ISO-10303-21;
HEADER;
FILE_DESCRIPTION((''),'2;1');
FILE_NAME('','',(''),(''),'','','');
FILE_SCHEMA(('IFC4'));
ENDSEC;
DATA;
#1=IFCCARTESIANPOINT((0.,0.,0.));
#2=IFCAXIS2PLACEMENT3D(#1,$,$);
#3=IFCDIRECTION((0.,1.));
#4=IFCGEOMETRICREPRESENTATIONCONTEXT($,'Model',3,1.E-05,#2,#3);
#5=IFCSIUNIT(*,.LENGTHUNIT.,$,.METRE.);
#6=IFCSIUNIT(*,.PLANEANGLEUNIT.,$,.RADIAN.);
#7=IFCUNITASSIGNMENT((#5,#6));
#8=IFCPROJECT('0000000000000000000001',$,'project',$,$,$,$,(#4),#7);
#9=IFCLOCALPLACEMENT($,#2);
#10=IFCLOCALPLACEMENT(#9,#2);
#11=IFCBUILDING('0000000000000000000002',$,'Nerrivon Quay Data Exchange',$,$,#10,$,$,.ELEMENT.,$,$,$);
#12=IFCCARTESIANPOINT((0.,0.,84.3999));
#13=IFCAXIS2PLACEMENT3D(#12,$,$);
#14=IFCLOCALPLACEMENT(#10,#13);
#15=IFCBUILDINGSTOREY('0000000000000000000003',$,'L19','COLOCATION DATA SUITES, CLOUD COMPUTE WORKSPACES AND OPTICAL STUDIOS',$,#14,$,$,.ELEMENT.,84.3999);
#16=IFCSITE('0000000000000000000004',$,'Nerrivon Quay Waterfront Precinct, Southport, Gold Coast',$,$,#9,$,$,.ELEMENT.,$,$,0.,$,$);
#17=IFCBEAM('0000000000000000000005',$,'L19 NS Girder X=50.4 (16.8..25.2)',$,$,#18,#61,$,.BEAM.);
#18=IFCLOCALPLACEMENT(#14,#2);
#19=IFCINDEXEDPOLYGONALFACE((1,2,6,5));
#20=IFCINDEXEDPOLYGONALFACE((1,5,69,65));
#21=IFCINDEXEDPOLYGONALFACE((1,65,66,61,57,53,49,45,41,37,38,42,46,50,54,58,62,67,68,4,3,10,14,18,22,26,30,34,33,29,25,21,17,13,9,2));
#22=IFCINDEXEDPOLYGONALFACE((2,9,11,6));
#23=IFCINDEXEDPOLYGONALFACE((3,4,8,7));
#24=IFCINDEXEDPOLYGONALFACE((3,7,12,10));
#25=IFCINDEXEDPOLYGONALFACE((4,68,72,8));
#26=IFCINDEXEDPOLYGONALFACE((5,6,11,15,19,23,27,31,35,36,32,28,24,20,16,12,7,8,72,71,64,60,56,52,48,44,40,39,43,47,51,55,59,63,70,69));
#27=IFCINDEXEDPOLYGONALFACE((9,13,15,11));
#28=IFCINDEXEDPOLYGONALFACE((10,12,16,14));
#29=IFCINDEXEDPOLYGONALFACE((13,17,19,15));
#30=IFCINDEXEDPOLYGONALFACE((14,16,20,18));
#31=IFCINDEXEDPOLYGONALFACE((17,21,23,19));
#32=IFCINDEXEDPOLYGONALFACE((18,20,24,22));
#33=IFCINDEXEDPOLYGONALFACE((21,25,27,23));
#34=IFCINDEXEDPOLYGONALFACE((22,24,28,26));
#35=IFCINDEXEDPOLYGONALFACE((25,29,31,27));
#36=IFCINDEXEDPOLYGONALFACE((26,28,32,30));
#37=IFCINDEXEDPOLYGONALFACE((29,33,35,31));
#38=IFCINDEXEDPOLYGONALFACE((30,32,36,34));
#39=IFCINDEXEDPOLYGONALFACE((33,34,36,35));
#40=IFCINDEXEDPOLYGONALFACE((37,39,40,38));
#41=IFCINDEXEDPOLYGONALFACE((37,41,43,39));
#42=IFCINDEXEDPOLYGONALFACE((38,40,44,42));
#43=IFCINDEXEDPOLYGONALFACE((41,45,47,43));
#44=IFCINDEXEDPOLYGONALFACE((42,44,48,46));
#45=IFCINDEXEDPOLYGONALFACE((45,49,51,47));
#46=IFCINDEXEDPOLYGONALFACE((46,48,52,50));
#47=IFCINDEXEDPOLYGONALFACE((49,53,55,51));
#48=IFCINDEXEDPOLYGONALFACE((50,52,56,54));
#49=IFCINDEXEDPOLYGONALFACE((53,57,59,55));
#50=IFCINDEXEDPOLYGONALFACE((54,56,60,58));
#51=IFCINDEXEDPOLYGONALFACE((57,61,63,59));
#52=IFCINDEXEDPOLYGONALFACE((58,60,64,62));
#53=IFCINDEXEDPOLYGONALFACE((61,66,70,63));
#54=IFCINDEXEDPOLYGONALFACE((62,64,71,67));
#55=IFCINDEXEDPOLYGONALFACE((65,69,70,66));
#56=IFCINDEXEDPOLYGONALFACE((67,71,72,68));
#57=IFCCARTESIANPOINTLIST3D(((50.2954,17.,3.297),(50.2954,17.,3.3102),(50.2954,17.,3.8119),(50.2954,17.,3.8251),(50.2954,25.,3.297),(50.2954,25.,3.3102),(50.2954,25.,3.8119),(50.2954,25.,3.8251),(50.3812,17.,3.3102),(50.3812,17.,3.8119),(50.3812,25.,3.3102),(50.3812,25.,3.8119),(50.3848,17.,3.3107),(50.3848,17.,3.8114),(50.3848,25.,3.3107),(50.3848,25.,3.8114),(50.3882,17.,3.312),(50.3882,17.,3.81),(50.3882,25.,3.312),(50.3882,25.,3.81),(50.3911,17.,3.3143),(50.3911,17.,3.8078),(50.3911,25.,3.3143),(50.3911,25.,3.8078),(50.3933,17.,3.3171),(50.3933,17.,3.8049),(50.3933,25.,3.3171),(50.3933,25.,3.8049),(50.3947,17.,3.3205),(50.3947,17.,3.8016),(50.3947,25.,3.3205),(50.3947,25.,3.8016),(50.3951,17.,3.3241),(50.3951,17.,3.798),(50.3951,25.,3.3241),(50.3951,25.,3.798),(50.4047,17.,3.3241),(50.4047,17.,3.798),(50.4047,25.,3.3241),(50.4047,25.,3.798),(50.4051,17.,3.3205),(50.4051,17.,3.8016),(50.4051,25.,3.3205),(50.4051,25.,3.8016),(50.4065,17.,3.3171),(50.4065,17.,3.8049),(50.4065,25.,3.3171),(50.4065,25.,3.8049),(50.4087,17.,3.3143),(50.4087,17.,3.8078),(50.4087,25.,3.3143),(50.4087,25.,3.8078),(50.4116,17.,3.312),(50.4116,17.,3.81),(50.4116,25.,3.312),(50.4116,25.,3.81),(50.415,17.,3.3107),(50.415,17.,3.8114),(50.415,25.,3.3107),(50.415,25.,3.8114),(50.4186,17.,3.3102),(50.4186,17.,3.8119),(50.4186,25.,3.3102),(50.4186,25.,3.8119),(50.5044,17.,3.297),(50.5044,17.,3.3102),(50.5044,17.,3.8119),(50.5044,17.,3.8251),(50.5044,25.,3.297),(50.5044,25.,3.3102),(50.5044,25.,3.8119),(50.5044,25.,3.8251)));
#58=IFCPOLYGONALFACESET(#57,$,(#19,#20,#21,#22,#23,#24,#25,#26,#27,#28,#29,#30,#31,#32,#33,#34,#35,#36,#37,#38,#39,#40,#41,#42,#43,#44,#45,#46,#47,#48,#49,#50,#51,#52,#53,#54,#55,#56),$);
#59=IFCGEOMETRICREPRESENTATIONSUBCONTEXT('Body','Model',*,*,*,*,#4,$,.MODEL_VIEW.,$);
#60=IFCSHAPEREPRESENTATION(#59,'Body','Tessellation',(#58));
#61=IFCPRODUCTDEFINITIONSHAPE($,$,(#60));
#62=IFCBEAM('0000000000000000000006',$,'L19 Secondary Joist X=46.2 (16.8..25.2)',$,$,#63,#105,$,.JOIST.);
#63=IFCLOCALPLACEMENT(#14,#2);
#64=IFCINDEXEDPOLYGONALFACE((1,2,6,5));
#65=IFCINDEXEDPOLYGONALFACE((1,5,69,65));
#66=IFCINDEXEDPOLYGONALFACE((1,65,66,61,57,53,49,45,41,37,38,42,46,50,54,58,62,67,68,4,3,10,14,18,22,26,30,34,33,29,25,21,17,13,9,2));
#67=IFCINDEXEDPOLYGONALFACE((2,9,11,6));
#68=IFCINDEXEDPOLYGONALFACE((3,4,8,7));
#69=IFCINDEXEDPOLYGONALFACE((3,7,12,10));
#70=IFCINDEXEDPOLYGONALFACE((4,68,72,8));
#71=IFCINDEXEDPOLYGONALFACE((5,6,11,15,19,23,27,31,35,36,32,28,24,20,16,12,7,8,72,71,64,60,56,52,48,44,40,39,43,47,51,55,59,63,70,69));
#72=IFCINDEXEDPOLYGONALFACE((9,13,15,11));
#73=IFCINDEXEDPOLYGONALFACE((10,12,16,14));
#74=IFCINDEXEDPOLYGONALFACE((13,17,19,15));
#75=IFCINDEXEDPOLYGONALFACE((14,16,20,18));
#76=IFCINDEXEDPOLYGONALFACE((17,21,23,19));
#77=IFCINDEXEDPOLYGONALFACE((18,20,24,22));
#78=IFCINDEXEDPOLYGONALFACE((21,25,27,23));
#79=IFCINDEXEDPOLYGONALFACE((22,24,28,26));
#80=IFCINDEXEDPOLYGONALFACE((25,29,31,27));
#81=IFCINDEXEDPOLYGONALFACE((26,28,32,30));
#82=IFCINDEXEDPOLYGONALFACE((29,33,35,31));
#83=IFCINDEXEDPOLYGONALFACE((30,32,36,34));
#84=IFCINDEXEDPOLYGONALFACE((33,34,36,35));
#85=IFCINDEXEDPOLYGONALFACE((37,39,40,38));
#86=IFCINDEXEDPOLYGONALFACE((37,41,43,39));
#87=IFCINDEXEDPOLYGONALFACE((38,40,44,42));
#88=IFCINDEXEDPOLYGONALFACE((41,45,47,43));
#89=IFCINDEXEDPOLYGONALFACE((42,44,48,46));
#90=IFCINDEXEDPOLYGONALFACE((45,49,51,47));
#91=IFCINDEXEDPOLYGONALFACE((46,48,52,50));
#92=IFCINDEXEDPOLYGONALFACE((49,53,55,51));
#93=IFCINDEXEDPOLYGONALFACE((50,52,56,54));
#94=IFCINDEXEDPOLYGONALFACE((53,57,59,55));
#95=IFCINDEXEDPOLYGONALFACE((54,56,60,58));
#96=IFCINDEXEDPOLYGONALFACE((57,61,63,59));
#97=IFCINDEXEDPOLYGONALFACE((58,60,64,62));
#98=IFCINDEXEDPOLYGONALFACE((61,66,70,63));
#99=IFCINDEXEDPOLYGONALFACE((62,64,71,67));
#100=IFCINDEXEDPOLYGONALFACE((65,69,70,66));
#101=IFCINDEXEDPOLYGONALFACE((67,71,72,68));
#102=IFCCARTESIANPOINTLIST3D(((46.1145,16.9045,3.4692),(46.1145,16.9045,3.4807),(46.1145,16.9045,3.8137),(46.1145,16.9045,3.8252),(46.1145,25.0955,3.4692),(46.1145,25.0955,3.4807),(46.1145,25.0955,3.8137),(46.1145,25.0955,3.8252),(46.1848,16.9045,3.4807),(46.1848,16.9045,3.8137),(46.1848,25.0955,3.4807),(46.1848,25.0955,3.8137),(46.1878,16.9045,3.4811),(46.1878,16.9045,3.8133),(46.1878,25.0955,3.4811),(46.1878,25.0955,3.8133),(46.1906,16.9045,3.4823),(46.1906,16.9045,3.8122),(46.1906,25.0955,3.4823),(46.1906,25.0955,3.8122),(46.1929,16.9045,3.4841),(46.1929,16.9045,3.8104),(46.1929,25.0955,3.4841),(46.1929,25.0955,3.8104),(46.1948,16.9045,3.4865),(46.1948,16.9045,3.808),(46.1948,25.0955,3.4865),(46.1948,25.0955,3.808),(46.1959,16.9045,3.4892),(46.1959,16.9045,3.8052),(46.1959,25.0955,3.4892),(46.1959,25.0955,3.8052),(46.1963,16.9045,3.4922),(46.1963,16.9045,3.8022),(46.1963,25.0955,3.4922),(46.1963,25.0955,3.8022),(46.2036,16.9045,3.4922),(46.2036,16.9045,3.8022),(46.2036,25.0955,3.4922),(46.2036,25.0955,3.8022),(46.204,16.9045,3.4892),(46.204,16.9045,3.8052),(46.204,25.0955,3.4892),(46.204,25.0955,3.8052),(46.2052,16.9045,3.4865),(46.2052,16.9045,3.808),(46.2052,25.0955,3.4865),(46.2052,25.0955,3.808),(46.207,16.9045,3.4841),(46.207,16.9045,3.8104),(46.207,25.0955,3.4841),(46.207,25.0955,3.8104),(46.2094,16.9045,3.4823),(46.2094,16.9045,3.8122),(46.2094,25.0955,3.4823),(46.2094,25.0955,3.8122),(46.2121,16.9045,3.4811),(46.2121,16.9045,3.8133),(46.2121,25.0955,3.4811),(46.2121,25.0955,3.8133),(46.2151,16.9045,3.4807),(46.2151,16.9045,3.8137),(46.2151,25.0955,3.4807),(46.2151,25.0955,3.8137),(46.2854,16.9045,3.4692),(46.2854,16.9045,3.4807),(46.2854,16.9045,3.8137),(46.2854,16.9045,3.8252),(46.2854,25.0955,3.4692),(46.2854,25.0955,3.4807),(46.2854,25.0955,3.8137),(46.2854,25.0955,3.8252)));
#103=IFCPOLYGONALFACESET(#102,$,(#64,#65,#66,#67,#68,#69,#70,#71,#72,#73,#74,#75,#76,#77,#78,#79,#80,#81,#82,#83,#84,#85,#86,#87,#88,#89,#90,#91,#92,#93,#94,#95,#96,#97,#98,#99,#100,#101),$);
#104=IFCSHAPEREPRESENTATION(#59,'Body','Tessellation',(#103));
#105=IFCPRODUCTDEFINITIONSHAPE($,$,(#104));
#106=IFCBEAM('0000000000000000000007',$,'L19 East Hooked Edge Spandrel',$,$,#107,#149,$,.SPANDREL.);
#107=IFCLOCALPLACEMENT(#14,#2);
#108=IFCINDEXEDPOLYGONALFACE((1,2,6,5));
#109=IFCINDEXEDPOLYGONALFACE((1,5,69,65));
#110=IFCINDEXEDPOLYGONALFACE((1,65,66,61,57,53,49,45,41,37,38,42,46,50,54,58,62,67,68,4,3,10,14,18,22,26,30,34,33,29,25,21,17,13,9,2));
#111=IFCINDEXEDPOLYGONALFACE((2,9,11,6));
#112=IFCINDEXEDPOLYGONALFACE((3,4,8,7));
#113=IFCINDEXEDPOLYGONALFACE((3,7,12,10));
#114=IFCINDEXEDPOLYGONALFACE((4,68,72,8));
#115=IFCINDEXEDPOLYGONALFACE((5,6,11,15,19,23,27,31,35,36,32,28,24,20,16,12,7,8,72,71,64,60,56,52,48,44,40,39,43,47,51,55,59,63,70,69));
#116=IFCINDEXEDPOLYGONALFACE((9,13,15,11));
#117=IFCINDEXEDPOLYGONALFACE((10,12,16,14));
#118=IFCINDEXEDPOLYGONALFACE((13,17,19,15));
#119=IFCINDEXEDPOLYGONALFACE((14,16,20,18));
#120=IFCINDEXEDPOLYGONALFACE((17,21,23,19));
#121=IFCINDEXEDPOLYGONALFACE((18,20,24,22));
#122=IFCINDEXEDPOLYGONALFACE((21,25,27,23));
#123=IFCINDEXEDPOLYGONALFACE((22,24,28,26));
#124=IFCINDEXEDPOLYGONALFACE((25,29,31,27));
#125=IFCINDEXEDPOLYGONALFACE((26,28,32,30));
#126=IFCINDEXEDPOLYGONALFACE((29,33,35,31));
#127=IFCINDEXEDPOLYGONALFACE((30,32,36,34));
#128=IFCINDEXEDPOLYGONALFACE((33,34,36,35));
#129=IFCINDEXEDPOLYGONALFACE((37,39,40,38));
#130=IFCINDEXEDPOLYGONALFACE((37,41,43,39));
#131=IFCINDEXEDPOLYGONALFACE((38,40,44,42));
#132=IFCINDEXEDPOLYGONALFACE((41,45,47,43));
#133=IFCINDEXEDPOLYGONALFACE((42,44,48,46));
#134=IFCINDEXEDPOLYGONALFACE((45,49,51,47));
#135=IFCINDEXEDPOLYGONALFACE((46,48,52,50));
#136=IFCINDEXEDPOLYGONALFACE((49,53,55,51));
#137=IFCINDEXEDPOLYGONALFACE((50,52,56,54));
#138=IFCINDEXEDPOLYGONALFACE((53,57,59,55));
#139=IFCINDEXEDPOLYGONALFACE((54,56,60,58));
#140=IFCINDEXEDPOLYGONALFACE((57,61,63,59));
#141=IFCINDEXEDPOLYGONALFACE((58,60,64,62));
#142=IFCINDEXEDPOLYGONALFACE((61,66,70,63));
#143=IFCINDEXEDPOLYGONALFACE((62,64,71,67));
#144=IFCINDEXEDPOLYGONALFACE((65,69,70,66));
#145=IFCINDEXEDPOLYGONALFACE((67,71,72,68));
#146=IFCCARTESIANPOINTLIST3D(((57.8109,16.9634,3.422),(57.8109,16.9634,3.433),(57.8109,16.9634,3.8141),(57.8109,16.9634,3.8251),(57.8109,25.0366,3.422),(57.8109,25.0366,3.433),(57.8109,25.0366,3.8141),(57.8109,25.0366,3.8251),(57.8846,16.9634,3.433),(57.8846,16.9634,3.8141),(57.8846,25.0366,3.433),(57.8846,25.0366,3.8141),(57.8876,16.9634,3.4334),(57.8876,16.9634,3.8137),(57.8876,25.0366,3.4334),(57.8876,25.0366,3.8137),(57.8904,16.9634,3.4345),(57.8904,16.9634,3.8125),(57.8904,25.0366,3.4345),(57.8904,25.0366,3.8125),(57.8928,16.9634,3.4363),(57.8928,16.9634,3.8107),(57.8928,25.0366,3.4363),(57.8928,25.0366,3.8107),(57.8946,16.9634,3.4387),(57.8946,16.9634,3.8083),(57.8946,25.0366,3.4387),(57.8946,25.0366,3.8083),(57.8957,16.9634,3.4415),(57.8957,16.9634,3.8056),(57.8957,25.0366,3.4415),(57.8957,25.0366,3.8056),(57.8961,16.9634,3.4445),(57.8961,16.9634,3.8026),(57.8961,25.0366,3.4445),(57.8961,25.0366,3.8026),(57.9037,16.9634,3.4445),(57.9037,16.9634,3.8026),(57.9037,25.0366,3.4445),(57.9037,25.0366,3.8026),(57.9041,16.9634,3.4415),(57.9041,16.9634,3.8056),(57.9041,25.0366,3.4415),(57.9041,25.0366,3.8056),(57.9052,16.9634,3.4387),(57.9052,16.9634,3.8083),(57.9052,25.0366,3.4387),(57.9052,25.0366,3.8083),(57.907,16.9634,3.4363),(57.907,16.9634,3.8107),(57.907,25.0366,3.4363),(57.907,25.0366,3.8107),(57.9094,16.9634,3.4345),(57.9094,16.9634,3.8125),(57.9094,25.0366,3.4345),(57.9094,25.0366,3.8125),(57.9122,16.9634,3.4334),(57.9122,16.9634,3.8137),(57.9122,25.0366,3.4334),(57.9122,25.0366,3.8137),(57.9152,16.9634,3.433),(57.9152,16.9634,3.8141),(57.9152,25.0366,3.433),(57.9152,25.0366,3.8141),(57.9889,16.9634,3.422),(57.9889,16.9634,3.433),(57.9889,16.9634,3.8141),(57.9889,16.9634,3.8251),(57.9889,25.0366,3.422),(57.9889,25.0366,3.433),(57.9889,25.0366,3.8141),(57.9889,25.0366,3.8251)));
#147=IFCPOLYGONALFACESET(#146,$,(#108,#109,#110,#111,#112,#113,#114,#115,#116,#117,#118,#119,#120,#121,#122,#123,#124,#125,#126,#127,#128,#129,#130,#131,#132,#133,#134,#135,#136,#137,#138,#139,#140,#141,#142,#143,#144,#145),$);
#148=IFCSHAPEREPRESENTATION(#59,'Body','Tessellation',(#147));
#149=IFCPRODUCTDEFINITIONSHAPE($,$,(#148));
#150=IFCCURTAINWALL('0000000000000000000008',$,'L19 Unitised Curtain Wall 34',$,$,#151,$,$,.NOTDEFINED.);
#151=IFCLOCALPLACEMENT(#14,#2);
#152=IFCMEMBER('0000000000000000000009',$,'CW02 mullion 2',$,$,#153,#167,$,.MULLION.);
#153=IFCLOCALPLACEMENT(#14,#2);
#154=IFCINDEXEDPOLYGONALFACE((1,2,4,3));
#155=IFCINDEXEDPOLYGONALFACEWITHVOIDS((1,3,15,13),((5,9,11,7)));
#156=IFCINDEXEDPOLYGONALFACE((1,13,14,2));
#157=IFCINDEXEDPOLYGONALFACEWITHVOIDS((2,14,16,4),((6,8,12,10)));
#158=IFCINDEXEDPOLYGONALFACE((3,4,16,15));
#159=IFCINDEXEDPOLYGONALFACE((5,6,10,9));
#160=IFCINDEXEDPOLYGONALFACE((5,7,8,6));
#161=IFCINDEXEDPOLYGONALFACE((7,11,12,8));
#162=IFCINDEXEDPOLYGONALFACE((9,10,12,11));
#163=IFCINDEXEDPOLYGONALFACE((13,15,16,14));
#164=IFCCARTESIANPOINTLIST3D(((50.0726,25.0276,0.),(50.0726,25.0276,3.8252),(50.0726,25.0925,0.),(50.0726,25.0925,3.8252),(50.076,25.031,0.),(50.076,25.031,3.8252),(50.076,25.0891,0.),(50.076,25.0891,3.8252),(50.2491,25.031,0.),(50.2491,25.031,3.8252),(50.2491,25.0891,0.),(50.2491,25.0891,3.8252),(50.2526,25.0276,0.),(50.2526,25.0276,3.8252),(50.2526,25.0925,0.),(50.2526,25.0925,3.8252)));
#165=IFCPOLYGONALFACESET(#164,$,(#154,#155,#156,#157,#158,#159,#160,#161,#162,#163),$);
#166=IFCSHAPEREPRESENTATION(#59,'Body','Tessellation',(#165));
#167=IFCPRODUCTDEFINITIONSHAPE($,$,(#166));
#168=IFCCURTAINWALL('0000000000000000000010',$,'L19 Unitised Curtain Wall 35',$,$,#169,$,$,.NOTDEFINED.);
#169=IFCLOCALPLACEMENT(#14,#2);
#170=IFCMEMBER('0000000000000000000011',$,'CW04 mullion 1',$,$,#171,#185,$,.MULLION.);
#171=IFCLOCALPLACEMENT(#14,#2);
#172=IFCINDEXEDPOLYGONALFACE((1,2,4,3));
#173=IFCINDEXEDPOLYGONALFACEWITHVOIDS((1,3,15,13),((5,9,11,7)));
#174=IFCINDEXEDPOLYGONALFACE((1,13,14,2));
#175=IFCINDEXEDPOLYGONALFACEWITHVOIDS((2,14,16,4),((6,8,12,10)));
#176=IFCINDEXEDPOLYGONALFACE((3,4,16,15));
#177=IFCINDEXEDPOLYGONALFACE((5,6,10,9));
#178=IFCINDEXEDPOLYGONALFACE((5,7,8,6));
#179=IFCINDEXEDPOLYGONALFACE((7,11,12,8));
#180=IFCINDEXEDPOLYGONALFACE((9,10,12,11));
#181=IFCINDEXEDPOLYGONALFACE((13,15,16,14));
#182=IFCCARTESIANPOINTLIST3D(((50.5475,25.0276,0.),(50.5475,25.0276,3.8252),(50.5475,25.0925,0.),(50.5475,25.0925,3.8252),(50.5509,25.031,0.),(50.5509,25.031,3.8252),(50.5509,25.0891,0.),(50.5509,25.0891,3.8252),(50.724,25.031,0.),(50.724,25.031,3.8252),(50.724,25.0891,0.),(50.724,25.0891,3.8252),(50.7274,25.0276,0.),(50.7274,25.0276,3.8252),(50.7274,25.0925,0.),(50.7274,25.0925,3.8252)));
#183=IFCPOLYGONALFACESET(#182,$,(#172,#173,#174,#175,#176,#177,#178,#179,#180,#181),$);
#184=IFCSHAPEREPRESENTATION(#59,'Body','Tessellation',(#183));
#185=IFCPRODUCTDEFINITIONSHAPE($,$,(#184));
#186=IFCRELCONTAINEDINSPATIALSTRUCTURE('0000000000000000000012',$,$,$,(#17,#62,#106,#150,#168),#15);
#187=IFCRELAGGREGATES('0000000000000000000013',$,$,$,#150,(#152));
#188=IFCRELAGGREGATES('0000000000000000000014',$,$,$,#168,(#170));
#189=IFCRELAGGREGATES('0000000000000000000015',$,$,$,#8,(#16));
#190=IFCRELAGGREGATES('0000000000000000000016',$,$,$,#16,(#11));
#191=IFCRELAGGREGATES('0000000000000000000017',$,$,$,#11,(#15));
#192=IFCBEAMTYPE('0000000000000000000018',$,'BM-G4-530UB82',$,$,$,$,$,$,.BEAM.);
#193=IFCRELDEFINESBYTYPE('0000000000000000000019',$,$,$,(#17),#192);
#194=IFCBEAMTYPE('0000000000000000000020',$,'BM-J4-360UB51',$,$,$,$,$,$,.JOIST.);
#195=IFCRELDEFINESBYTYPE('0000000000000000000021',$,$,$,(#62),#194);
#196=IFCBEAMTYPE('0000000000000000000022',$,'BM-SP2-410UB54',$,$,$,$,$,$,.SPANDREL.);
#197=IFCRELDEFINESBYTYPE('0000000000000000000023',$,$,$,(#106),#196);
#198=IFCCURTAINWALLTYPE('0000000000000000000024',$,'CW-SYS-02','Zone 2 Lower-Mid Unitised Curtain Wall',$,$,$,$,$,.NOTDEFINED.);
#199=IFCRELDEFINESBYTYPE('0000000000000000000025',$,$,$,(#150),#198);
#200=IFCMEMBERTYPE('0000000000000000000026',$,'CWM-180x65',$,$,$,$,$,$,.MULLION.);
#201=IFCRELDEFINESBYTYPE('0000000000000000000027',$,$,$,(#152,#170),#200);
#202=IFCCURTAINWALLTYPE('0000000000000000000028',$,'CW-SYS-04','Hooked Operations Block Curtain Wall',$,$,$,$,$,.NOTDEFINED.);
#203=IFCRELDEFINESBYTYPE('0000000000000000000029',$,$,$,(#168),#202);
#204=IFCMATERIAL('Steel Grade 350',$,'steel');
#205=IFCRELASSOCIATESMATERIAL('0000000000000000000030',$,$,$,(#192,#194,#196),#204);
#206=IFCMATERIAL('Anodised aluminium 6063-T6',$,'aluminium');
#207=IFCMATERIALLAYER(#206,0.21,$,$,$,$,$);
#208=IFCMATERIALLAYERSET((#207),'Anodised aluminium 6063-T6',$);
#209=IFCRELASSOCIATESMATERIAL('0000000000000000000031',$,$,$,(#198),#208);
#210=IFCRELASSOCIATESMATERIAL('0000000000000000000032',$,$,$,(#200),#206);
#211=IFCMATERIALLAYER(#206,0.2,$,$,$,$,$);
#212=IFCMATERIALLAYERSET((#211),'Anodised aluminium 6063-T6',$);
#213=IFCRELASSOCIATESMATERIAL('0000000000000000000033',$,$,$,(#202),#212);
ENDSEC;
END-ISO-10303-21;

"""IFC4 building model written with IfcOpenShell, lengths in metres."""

from ifc_helpers import new_model, si_unit, direction, frame, origin, origin_2d, place, context, subcontext, project, spatial, hollow_rectangle, i_section, extrude, material, layer, layer_set, material_profile, profile_set, type_object, element, aggregate, save


model = new_model("IFC4")

# Units and contexts
model_context = context("Model", 3, precision=1e-05, world=origin(), true_north=direction((0.0, 1.0)))
body_context = subcontext(model_context, "Body", "Model", "MODEL_VIEW")
ifc_project = project(units=[si_unit("LENGTHUNIT", "METRE"), si_unit("PLANEANGLEUNIT", "RADIAN")], contexts=[model_context])

# Site, building, storey
site_placement = place(None, origin())
site = spatial("IfcSite", under=ifc_project, at=site_placement, Name="Nerrivon Quay Waterfront Precinct, Southport, Gold Coast", CompositionType="ELEMENT", RefElevation=0.0)
building_placement = place(site_placement, origin())
building = spatial("IfcBuilding", under=site, at=building_placement, Name="Nerrivon Quay Data Exchange", CompositionType="ELEMENT")
storey_placement = place(building_placement, frame((0.0, 0.0, 84.3999)))
storey = spatial("IfcBuildingStorey", under=building, at=storey_placement, Name="L19", Description="COLOCATION DATA SUITES, CLOUD COMPUTE WORKSPACES AND OPTICAL STUDIOS", CompositionType="ELEMENT", Elevation=84.3999)

# Shared definitions
ifc_material_1 = material(Name="Steel Grade 350", Category="steel")

# Beams
ifc_material_profile_1 = material_profile(ifc_material_1, i_section(OverallWidth=0.209, OverallDepth=0.5281, WebThickness=0.0095, FlangeThickness=0.0132, FilletRadius=0.0139, at=origin_2d()), Name="530UB82.0")
ifc_profile_set_1 = profile_set([ifc_material_profile_1], Name="Steel Grade 350")
beam_type_1 = type_object("IfcBeamType", Name="BM-G4-530UB82", PredefinedType="BEAM", material=ifc_profile_set_1)
beam_1_placement = place(storey_placement, frame((50.3999, 17.0, 3.561), z_axis=(0.0, 1.0, 0.0), x_axis=(-1.0, 0.0, 0.0)))
element("IfcBeam", 1, at=beam_1_placement, inside=storey, type_object=beam_type_1, Name="L19 NS Girder X=50.4 (16.8..25.2)", PredefinedType="BEAM", context=body_context, shape_type="SweptSolid", body=[
    extrude(i_section(OverallWidth=0.209, OverallDepth=0.5281, WebThickness=0.0095, FlangeThickness=0.0132, FilletRadius=0.0139, at=origin_2d()), origin(), (0.0, 0.0, 1.0), 8.0),
])
ifc_material_profile_2 = material_profile(ifc_material_1, i_section(OverallWidth=0.1709, OverallDepth=0.356, WebThickness=0.0073, FlangeThickness=0.0115, FilletRadius=0.0115, at=origin_2d()), Name="360UB50.7")
ifc_profile_set_2 = profile_set([ifc_material_profile_2], Name="Steel Grade 350")
beam_type_2 = type_object("IfcBeamType", Name="BM-J4-360UB51", PredefinedType="JOIST", material=ifc_profile_set_2)
beam_2_placement = place(storey_placement, frame((46.2, 16.9045, 3.6472), z_axis=(0.0, 1.0, 0.0), x_axis=(-1.0, 0.0, 0.0)))
element("IfcBeam", 2, at=beam_2_placement, inside=storey, type_object=beam_type_2, Name="L19 Secondary Joist X=46.2 (16.8..25.2)", PredefinedType="JOIST", context=body_context, shape_type="SweptSolid", body=[
    extrude(i_section(OverallWidth=0.1709, OverallDepth=0.356, WebThickness=0.0073, FlangeThickness=0.0115, FilletRadius=0.0115, at=origin_2d()), origin(), (0.0, 0.0, 1.0), 8.1909),
])
ifc_material_profile_3 = material_profile(ifc_material_1, i_section(OverallWidth=0.178, OverallDepth=0.4031, WebThickness=0.0076, FlangeThickness=0.011, FilletRadius=0.0115, at=origin_2d()), Name="410UB53.7")
ifc_profile_set_3 = profile_set([ifc_material_profile_3], Name="Steel Grade 350")
beam_type_3 = type_object("IfcBeamType", Name="BM-SP2-410UB54", PredefinedType="SPANDREL", material=ifc_profile_set_3)
beam_3_placement = place(storey_placement, frame((57.8999, 16.9634, 3.6235), z_axis=(0.0, 1.0, 0.0), x_axis=(-1.0, 0.0, 0.0)))
element("IfcBeam", 3, at=beam_3_placement, inside=storey, type_object=beam_type_3, Name="L19 East Hooked Edge Spandrel", PredefinedType="SPANDREL", context=body_context, shape_type="SweptSolid", body=[
    extrude(i_section(OverallWidth=0.178, OverallDepth=0.4031, WebThickness=0.0076, FlangeThickness=0.011, FilletRadius=0.0115, at=origin_2d()), origin(), (0.0, 0.0, 1.0), 8.0732),
])

# Curtain wall, member
ifc_material_2 = material(Name="Anodised aluminium 6063-T6", Category="aluminium")
ifc_layer_1 = layer(ifc_material_2, 0.21)
ifc_layer_set_1 = layer_set([ifc_layer_1], Name="Anodised aluminium 6063-T6")
curtain_wall_type_1 = type_object("IfcCurtainWallType", Name="CW-SYS-02", Description="Zone 2 Lower-Mid Unitised Curtain Wall", PredefinedType="NOTDEFINED", material=ifc_layer_set_1)
curtain_wall_1_placement = place(storey_placement, origin())
curtain_wall_1 = element("IfcCurtainWall", 4, at=curtain_wall_1_placement, inside=storey, type_object=curtain_wall_type_1, Name="L19 Unitised Curtain Wall 34", PredefinedType="NOTDEFINED")
ifc_material_profile_4 = material_profile(ifc_material_2, hollow_rectangle(XDim=0.0649, YDim=0.1799, WallThickness=0.0034, at=origin_2d()), Name="ALU-MULL-180x65")
ifc_profile_set_4 = profile_set([ifc_material_profile_4], Name="Anodised aluminium 6063-T6")
member_type_1 = type_object("IfcMemberType", Name="CWM-180x65", PredefinedType="MULLION", material=ifc_profile_set_4)
member_1_placement = place(storey_placement, frame((50.1626, 25.0601, 0.0), z_axis=(0.0, 0.0, 1.0), x_axis=(0.0, 1.0, 0.0)))
member_1 = element("IfcMember", 5, at=member_1_placement, type_object=member_type_1, Name="CW02 mullion 2", PredefinedType="MULLION", context=body_context, shape_type="SweptSolid", body=[
    extrude(hollow_rectangle(XDim=0.0649, YDim=0.1799, WallThickness=0.0034, at=origin_2d()), origin(), (0.0, 0.0, 1.0), 3.8252),
])

# Curtain wall, member
ifc_layer_2 = layer(ifc_material_2, 0.2)
ifc_layer_set_2 = layer_set([ifc_layer_2], Name="Anodised aluminium 6063-T6")
curtain_wall_type_2 = type_object("IfcCurtainWallType", Name="CW-SYS-04", Description="Hooked Operations Block Curtain Wall", PredefinedType="NOTDEFINED", material=ifc_layer_set_2)
curtain_wall_2_placement = place(storey_placement, origin())
curtain_wall_2 = element("IfcCurtainWall", 6, at=curtain_wall_2_placement, inside=storey, type_object=curtain_wall_type_2, Name="L19 Unitised Curtain Wall 35", PredefinedType="NOTDEFINED")
member_2_placement = place(storey_placement, frame((50.6375, 25.0601, 0.0), z_axis=(0.0, 0.0, 1.0), x_axis=(0.0, 1.0, 0.0)))
member_2 = element("IfcMember", 7, at=member_2_placement, type_object=member_type_1, Name="CW04 mullion 1", PredefinedType="MULLION", context=body_context, shape_type="SweptSolid", body=[
    extrude(hollow_rectangle(XDim=0.0649, YDim=0.1799, WallThickness=0.0034, at=origin_2d()), origin(), (0.0, 0.0, 1.0), 3.8252),
])

aggregate(curtain_wall_1, [member_1])
aggregate(curtain_wall_2, [member_2])

save(model, "model.ifc")
